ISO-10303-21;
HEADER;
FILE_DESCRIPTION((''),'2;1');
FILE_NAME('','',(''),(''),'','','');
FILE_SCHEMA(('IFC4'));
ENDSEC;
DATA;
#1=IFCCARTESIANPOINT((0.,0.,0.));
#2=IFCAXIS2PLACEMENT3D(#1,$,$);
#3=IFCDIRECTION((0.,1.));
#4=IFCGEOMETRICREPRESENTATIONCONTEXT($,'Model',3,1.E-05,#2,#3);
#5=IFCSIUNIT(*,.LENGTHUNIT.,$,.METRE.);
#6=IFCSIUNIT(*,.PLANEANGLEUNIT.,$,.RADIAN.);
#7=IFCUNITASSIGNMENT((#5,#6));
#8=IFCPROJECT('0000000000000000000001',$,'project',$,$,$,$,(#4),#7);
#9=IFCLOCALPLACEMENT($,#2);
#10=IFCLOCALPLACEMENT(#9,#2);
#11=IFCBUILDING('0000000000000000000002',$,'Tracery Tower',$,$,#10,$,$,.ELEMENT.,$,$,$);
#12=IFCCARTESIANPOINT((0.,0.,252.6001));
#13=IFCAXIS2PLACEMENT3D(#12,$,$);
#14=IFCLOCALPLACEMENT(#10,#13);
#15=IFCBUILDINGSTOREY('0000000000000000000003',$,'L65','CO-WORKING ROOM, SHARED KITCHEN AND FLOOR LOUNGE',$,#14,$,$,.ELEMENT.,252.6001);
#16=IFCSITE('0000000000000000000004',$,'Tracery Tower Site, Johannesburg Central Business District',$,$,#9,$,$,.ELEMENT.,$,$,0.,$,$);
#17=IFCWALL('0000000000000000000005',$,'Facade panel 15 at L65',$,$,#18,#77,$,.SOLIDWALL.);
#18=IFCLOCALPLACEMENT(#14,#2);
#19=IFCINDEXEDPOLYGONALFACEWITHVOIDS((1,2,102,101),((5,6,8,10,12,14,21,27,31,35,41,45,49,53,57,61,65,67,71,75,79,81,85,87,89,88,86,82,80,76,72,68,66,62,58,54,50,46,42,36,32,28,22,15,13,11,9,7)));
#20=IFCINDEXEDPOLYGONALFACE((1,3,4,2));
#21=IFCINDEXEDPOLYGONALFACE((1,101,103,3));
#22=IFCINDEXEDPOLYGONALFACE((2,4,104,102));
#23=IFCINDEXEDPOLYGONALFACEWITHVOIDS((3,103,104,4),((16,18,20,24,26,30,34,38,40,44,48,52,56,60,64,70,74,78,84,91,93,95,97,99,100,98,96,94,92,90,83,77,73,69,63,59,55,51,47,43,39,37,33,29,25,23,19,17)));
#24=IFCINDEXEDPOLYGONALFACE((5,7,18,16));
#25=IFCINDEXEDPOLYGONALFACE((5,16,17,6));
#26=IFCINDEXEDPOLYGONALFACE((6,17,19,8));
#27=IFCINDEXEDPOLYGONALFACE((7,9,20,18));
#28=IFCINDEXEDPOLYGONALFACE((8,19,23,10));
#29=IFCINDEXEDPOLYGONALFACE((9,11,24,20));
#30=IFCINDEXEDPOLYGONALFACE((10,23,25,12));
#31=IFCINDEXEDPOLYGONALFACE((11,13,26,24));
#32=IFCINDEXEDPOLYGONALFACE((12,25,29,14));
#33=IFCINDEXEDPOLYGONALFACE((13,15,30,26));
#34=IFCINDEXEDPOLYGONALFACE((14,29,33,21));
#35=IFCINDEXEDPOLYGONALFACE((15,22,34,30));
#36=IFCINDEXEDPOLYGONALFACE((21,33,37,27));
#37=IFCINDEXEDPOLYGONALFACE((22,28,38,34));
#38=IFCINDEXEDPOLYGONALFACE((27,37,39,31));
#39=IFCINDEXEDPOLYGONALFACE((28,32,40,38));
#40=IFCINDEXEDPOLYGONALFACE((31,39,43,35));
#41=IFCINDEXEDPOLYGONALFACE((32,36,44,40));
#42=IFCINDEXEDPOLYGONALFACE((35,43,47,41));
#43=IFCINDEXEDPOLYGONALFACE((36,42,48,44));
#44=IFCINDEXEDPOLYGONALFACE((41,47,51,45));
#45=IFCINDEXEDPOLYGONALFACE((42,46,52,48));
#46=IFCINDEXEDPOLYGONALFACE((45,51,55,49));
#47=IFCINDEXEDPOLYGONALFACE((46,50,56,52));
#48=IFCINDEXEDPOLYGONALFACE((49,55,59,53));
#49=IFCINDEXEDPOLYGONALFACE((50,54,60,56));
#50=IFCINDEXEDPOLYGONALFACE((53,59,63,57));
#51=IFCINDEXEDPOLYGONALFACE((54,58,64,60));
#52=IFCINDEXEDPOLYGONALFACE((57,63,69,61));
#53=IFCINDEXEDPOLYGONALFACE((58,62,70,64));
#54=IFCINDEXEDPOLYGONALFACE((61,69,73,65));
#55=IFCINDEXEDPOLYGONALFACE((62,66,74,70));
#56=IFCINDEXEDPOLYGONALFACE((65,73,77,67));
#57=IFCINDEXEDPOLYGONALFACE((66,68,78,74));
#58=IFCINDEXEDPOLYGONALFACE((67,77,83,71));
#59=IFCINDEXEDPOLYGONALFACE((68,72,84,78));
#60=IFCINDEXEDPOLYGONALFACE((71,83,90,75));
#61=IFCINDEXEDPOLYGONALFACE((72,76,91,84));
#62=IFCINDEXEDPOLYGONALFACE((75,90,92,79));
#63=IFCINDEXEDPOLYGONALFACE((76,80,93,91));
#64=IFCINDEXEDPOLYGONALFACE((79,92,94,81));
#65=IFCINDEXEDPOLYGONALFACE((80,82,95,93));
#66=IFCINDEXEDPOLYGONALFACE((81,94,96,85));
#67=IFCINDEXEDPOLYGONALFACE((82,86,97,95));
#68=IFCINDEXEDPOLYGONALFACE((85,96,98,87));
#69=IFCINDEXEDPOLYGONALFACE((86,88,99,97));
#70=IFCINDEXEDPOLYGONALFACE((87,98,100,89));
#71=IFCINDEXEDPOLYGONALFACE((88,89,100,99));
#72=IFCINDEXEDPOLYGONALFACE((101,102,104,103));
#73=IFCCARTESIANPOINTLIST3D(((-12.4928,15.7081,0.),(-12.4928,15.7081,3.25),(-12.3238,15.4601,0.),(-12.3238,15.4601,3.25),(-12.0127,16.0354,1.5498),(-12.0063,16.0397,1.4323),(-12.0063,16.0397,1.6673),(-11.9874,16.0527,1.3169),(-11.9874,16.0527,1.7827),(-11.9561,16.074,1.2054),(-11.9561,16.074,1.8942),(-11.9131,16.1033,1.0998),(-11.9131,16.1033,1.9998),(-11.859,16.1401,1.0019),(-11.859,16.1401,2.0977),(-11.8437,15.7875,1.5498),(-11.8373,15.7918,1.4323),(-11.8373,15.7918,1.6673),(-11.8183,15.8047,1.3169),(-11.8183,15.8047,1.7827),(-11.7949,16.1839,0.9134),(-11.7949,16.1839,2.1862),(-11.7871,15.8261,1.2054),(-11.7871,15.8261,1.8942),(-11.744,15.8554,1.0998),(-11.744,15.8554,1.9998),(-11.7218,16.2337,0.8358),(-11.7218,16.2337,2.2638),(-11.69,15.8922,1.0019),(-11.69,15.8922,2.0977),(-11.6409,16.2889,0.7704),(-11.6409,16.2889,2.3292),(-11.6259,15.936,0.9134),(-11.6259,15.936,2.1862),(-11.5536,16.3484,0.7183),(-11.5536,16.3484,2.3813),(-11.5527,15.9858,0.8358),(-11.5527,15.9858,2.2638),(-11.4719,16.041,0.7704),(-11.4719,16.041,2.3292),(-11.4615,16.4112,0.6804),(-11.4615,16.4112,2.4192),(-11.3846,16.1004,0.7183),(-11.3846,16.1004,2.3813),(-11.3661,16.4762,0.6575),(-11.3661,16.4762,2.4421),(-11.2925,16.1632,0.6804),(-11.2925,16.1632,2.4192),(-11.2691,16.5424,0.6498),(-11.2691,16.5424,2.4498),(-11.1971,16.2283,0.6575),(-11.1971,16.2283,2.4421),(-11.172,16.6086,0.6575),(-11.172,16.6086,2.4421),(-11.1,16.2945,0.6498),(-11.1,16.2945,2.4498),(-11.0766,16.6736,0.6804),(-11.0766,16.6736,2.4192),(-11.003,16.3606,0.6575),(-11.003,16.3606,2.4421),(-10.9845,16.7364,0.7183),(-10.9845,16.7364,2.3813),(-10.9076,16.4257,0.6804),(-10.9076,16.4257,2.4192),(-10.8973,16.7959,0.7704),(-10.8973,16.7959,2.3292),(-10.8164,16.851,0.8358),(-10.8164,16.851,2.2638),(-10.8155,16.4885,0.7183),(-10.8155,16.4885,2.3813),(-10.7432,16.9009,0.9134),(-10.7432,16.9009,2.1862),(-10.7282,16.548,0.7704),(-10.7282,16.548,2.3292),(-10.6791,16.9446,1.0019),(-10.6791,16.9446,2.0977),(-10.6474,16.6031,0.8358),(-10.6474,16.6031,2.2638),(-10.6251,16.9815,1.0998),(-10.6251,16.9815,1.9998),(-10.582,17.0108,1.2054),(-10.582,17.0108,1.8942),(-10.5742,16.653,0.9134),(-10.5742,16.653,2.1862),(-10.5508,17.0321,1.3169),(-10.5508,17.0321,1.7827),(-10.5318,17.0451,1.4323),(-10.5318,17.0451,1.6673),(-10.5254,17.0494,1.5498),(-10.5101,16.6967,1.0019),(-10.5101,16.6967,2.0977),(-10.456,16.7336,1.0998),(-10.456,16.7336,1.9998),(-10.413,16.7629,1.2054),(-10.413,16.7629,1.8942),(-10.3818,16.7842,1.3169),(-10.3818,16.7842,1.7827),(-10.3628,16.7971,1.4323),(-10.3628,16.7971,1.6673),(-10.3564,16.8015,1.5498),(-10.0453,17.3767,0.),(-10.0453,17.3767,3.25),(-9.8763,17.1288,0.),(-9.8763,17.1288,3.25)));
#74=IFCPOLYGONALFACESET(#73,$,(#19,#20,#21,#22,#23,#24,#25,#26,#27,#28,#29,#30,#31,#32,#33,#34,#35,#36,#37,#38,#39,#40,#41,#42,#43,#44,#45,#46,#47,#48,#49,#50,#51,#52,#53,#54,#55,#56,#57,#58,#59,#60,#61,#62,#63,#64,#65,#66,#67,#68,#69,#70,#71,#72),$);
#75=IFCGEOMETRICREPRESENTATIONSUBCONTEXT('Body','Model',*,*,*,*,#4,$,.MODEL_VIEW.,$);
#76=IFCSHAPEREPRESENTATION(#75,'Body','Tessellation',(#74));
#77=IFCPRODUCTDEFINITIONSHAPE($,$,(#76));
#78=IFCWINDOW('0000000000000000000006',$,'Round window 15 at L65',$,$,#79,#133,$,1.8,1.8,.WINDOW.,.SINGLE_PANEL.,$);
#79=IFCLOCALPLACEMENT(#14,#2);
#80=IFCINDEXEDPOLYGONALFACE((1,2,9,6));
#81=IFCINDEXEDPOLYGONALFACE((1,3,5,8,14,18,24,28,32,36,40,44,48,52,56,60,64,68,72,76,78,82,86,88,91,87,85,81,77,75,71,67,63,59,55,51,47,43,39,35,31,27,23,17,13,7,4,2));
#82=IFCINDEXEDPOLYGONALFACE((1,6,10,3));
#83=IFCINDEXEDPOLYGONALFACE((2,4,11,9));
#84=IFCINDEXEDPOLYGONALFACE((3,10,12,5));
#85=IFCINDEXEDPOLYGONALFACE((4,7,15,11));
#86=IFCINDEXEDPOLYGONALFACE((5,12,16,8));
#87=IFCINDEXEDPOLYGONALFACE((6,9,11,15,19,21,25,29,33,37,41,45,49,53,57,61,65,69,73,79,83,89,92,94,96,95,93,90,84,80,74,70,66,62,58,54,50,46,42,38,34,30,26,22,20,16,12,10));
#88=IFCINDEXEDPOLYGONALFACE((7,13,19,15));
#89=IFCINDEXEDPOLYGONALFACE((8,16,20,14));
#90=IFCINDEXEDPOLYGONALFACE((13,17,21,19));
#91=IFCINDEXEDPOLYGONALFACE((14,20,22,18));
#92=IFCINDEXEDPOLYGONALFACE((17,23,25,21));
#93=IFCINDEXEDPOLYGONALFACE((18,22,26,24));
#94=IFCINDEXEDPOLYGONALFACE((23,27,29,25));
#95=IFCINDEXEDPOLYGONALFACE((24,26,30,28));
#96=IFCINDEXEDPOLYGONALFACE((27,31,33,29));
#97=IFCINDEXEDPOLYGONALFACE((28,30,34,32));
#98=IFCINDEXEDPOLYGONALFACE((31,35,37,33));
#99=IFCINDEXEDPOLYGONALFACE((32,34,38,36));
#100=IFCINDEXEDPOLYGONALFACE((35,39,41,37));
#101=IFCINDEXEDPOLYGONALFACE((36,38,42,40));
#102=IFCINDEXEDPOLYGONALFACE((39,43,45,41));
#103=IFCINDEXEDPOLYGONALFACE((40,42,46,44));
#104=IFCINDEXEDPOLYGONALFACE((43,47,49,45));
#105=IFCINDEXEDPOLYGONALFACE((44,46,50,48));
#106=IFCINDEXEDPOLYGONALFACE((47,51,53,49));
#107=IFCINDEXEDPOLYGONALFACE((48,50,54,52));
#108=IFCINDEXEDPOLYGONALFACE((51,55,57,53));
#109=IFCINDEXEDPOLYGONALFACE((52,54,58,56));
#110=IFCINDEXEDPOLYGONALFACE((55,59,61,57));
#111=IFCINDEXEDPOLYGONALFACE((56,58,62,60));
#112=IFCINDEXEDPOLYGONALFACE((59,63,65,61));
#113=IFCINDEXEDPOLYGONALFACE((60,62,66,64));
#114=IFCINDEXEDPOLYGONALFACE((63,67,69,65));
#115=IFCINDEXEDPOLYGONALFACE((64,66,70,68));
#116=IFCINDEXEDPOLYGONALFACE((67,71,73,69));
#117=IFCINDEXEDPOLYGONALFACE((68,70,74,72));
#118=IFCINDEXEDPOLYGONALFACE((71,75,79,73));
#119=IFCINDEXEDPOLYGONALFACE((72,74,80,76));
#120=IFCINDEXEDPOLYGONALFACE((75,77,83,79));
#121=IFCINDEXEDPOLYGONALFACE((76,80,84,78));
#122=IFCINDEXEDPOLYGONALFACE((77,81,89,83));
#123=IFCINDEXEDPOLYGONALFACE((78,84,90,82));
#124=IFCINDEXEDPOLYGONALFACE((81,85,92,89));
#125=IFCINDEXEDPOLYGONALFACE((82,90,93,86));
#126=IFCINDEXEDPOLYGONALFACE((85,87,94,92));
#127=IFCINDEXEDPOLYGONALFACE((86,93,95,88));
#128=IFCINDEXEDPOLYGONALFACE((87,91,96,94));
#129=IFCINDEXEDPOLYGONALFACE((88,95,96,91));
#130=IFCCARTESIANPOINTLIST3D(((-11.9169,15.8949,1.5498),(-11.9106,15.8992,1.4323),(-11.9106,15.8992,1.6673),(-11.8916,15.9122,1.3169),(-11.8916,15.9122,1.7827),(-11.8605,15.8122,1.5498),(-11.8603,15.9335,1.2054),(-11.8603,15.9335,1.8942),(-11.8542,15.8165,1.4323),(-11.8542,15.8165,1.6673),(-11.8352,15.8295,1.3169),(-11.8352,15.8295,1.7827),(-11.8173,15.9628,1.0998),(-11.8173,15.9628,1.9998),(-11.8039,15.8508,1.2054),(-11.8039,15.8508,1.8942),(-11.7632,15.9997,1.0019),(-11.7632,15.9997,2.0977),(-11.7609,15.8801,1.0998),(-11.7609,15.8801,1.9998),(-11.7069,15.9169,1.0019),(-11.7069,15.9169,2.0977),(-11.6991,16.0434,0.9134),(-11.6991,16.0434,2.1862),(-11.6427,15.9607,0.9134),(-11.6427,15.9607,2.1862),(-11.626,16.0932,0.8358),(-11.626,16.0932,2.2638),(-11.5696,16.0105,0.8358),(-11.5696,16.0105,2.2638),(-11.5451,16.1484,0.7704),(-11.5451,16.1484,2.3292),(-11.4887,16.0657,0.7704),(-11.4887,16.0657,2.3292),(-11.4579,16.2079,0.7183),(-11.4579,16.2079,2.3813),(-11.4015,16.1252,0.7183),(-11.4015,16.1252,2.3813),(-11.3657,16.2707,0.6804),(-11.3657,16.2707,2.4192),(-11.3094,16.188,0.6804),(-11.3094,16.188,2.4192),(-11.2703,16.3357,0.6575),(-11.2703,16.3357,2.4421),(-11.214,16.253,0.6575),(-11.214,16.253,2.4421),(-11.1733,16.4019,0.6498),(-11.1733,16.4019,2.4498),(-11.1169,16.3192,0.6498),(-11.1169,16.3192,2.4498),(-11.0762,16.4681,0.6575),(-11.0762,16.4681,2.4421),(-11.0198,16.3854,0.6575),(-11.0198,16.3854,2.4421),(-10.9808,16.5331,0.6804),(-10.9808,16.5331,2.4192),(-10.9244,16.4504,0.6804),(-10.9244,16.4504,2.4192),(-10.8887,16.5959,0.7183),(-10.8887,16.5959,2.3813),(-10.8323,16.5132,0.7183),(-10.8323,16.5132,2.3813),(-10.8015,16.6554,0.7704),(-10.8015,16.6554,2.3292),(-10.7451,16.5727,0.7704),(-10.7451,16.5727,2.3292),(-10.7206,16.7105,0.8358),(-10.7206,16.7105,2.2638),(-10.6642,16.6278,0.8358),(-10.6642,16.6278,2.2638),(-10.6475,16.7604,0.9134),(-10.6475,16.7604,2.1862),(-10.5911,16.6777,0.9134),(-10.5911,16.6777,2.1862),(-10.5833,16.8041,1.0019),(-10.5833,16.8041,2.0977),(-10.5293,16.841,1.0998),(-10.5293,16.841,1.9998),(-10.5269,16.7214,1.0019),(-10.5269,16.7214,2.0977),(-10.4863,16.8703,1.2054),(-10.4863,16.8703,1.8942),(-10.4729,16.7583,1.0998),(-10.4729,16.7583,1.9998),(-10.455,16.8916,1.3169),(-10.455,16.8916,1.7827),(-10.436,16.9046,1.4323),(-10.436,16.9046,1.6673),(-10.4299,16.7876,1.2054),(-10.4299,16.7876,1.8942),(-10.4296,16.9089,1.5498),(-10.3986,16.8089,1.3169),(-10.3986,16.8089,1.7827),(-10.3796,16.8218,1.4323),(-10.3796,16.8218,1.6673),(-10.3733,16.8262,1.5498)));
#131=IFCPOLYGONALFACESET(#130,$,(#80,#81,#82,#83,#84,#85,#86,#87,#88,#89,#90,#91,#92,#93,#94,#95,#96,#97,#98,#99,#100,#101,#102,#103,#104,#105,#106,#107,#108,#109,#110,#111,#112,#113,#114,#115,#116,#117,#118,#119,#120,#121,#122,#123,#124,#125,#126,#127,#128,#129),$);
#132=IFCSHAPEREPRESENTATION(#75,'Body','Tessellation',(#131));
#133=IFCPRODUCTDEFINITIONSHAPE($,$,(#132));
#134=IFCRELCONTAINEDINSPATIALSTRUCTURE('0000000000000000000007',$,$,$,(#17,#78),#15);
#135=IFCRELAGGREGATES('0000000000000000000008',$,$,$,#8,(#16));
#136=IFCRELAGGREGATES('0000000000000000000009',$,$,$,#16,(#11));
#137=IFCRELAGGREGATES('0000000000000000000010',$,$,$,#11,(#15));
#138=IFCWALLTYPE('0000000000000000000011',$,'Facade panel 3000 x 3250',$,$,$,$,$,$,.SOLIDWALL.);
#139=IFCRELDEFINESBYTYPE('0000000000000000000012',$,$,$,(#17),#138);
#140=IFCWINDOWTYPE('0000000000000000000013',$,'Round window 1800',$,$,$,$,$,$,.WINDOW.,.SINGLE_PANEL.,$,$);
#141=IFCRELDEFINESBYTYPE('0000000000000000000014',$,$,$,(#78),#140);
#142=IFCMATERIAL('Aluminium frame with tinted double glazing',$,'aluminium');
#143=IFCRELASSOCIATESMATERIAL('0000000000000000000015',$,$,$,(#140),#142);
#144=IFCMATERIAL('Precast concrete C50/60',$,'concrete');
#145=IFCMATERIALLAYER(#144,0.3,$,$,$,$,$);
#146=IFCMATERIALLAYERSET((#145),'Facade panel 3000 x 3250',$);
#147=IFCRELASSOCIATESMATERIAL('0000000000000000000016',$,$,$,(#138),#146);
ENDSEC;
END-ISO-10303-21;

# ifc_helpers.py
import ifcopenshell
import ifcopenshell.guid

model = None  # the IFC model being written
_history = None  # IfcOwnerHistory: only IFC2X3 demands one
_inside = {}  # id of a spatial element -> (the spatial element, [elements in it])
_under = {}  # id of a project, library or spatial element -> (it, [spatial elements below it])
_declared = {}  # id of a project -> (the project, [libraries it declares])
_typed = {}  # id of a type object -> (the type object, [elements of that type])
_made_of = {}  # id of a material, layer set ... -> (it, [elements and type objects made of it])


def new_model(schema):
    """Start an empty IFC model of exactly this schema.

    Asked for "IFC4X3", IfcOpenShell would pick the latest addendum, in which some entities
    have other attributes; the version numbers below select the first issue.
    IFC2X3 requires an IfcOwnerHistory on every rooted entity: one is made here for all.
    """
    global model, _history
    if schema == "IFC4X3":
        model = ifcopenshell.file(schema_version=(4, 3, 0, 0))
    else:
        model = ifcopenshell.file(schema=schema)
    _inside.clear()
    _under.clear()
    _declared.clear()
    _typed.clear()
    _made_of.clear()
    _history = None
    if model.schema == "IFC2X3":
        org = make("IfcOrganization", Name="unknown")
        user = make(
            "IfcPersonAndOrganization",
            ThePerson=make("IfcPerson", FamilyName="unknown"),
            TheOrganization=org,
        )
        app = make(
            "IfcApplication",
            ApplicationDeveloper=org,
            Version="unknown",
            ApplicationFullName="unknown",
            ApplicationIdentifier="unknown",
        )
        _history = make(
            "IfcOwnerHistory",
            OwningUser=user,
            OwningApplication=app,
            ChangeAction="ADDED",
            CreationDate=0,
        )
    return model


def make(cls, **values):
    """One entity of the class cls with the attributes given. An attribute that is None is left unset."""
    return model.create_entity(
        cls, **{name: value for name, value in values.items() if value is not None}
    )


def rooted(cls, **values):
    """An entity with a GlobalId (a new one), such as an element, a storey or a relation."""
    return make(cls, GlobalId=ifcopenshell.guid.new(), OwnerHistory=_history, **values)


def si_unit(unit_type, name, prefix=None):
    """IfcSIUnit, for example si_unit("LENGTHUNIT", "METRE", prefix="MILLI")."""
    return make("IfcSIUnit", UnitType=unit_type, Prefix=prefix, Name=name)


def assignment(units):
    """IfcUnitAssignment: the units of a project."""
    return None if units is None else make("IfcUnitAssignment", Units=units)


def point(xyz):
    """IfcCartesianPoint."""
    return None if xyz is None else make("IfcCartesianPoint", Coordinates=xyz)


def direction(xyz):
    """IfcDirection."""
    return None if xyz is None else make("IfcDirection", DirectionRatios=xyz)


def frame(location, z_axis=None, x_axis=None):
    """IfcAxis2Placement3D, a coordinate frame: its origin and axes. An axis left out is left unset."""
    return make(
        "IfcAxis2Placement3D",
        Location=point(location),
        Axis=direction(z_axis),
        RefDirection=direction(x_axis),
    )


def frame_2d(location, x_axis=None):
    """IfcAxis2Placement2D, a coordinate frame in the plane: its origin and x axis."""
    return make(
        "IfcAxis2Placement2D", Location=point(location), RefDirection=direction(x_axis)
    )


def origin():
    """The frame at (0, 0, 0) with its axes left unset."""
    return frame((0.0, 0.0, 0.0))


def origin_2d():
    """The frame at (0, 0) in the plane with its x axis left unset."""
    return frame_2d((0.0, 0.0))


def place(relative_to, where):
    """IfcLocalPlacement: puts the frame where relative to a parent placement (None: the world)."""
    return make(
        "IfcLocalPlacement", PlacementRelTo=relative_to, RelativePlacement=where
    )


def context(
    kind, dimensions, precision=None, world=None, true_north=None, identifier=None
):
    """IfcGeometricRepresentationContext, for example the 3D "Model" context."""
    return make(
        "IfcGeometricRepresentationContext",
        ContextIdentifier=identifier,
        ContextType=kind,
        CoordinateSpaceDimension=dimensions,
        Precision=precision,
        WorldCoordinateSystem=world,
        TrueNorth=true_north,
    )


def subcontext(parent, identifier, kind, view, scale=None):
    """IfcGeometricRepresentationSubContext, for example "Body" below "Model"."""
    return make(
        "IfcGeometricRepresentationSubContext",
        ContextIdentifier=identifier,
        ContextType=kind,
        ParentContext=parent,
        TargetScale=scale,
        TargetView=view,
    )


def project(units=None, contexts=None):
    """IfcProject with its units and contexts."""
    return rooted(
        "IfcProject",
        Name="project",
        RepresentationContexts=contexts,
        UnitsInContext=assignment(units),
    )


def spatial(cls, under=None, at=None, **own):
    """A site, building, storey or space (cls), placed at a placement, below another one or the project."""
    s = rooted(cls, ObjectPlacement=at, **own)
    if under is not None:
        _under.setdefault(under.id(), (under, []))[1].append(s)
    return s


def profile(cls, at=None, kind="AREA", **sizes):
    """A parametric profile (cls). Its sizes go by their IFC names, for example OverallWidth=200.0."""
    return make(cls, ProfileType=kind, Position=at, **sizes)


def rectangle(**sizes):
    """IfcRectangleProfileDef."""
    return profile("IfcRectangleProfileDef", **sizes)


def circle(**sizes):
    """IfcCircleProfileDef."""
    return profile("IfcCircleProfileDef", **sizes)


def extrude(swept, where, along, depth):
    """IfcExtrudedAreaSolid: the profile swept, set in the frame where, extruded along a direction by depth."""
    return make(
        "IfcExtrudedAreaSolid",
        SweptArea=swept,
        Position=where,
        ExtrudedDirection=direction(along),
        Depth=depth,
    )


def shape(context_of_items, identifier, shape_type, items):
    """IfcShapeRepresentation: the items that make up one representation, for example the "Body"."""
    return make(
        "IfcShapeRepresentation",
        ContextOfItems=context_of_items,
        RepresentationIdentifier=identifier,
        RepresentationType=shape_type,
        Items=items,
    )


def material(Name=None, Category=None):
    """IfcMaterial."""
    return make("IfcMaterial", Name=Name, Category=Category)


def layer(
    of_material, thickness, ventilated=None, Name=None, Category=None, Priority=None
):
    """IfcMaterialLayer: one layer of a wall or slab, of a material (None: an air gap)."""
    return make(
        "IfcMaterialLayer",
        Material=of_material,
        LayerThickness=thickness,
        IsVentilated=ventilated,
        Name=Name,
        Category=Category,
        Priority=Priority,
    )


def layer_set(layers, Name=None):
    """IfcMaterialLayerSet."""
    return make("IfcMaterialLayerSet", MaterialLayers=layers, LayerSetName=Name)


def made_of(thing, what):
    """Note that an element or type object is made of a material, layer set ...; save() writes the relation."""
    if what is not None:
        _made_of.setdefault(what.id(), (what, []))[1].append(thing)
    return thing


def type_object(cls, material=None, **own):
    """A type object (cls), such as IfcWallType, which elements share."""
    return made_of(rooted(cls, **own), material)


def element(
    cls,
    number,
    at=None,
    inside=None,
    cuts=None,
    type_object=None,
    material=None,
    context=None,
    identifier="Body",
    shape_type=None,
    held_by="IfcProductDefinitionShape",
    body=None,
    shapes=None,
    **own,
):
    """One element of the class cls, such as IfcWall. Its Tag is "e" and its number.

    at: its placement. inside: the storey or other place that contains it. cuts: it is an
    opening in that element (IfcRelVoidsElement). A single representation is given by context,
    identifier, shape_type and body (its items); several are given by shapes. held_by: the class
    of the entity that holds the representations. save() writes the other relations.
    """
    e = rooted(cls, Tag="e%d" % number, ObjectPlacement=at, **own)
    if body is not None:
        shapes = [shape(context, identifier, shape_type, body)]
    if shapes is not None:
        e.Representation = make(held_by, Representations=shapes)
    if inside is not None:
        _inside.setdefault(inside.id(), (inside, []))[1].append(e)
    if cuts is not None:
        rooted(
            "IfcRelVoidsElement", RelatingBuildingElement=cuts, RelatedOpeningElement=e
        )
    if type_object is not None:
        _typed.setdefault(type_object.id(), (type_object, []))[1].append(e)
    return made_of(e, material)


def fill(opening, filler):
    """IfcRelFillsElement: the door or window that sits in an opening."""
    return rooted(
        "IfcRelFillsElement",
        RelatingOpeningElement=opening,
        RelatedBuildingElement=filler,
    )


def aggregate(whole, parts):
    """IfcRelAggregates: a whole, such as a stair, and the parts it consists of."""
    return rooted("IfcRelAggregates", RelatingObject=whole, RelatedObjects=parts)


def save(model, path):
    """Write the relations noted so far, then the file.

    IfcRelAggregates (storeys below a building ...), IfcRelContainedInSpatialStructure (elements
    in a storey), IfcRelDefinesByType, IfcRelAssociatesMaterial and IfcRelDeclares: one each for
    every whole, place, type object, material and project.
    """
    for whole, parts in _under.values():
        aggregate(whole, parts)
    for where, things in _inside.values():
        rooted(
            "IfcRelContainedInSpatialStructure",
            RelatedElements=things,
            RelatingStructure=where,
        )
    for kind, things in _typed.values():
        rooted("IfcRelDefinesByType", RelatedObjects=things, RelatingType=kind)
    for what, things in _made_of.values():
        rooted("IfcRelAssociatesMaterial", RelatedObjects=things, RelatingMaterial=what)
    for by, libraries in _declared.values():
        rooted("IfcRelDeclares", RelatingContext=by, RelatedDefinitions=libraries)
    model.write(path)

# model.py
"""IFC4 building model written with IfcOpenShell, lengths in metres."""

from ifc_helpers import new_model, si_unit, direction, frame, frame_2d, origin, origin_2d, place, context, subcontext, project, spatial, rectangle, circle, extrude, material, layer, layer_set, type_object, element, fill, save


model = new_model("IFC4")

# Units and contexts
model_context = context("Model", 3, precision=1e-05, world=origin(), true_north=direction((0.0, 1.0)))
body_context = subcontext(model_context, "Body", "Model", "MODEL_VIEW")
ifc_project = project(units=[si_unit("LENGTHUNIT", "METRE"), si_unit("PLANEANGLEUNIT", "RADIAN")], contexts=[model_context])

# Site, building, storey
site_placement = place(None, origin())
site = spatial("IfcSite", under=ifc_project, at=site_placement, Name="Tracery Tower Site, Johannesburg Central Business District", CompositionType="ELEMENT", RefElevation=0.0)
building_placement = place(site_placement, origin())
building = spatial("IfcBuilding", under=site, at=building_placement, Name="Tracery Tower", CompositionType="ELEMENT")
storey_placement = place(building_placement, frame((0.0, 0.0, 252.6001)))
storey = spatial("IfcBuildingStorey", under=building, at=storey_placement, Name="L65", Description="CO-WORKING ROOM, SHARED KITCHEN AND FLOOR LOUNGE", CompositionType="ELEMENT", Elevation=252.6001)

# Wall, opening, window
ifc_material_1 = material(Name="Aluminium frame with tinted double glazing", Category="aluminium")
window_type = type_object("IfcWindowType", Name="Round window 1800", PartitioningType="SINGLE_PANEL", PredefinedType="WINDOW", material=ifc_material_1)
ifc_material_2 = material(Name="Precast concrete C50/60", Category="concrete")
ifc_layer_1 = layer(ifc_material_2, 0.3)
ifc_layer_set_1 = layer_set([ifc_layer_1], Name="Facade panel 3000 x 3250")
wall_type_1 = type_object("IfcWallType", Name="Facade panel 3000 x 3250", PredefinedType="SOLIDWALL", material=ifc_layer_set_1)
wall_1_placement = place(storey_placement, frame((-9.9609, 17.2527, 0.0), z_axis=(0.0, 0.0, 1.0), x_axis=(-0.826236, -0.563324, 0.0)))
wall_1 = element("IfcWall", 1, at=wall_1_placement, inside=storey, type_object=wall_type_1, Name="Facade panel 15 at L65", PredefinedType="SOLIDWALL", context=body_context, shape_type="SweptSolid", body=[
    extrude(rectangle(XDim=2.9622, YDim=0.3, at=frame_2d((1.481, 0.0))), origin(), (0.0, 0.0, 1.0), 3.25),
])
opening_1_placement = place(wall_1_placement, frame((1.481, 0.0, 1.5498)))
opening_1 = element("IfcOpeningElement", 2, at=opening_1_placement, cuts=wall_1, PredefinedType="OPENING", context=body_context, shape_type="SweptSolid", body=[
    extrude(circle(Radius=0.9, at=origin_2d()), frame((0.0, 0.1599, 0.0), z_axis=(0.0, -1.0, 0.0), x_axis=(1.0, 0.0, 0.0)), (0.0, 0.0, 1.0), 0.3201),
])
window_1_placement = place(opening_1_placement, origin())
window_1 = element("IfcWindow", 3, at=window_1_placement, inside=storey, type_object=window_type, Name="Round window 15 at L65", OverallHeight=1.8, OverallWidth=1.8, PartitioningType="SINGLE_PANEL", PredefinedType="WINDOW", context=body_context, shape_type="SweptSolid", body=[
    extrude(circle(Radius=0.9, at=origin_2d()), frame((0.0, 0.1201, 0.0), z_axis=(0.0, -1.0, 0.0), x_axis=(1.0, 0.0, 0.0)), (0.0, 0.0, 1.0), 0.1001),
])
fill(opening_1, window_1)

save(model, "model.ifc")
